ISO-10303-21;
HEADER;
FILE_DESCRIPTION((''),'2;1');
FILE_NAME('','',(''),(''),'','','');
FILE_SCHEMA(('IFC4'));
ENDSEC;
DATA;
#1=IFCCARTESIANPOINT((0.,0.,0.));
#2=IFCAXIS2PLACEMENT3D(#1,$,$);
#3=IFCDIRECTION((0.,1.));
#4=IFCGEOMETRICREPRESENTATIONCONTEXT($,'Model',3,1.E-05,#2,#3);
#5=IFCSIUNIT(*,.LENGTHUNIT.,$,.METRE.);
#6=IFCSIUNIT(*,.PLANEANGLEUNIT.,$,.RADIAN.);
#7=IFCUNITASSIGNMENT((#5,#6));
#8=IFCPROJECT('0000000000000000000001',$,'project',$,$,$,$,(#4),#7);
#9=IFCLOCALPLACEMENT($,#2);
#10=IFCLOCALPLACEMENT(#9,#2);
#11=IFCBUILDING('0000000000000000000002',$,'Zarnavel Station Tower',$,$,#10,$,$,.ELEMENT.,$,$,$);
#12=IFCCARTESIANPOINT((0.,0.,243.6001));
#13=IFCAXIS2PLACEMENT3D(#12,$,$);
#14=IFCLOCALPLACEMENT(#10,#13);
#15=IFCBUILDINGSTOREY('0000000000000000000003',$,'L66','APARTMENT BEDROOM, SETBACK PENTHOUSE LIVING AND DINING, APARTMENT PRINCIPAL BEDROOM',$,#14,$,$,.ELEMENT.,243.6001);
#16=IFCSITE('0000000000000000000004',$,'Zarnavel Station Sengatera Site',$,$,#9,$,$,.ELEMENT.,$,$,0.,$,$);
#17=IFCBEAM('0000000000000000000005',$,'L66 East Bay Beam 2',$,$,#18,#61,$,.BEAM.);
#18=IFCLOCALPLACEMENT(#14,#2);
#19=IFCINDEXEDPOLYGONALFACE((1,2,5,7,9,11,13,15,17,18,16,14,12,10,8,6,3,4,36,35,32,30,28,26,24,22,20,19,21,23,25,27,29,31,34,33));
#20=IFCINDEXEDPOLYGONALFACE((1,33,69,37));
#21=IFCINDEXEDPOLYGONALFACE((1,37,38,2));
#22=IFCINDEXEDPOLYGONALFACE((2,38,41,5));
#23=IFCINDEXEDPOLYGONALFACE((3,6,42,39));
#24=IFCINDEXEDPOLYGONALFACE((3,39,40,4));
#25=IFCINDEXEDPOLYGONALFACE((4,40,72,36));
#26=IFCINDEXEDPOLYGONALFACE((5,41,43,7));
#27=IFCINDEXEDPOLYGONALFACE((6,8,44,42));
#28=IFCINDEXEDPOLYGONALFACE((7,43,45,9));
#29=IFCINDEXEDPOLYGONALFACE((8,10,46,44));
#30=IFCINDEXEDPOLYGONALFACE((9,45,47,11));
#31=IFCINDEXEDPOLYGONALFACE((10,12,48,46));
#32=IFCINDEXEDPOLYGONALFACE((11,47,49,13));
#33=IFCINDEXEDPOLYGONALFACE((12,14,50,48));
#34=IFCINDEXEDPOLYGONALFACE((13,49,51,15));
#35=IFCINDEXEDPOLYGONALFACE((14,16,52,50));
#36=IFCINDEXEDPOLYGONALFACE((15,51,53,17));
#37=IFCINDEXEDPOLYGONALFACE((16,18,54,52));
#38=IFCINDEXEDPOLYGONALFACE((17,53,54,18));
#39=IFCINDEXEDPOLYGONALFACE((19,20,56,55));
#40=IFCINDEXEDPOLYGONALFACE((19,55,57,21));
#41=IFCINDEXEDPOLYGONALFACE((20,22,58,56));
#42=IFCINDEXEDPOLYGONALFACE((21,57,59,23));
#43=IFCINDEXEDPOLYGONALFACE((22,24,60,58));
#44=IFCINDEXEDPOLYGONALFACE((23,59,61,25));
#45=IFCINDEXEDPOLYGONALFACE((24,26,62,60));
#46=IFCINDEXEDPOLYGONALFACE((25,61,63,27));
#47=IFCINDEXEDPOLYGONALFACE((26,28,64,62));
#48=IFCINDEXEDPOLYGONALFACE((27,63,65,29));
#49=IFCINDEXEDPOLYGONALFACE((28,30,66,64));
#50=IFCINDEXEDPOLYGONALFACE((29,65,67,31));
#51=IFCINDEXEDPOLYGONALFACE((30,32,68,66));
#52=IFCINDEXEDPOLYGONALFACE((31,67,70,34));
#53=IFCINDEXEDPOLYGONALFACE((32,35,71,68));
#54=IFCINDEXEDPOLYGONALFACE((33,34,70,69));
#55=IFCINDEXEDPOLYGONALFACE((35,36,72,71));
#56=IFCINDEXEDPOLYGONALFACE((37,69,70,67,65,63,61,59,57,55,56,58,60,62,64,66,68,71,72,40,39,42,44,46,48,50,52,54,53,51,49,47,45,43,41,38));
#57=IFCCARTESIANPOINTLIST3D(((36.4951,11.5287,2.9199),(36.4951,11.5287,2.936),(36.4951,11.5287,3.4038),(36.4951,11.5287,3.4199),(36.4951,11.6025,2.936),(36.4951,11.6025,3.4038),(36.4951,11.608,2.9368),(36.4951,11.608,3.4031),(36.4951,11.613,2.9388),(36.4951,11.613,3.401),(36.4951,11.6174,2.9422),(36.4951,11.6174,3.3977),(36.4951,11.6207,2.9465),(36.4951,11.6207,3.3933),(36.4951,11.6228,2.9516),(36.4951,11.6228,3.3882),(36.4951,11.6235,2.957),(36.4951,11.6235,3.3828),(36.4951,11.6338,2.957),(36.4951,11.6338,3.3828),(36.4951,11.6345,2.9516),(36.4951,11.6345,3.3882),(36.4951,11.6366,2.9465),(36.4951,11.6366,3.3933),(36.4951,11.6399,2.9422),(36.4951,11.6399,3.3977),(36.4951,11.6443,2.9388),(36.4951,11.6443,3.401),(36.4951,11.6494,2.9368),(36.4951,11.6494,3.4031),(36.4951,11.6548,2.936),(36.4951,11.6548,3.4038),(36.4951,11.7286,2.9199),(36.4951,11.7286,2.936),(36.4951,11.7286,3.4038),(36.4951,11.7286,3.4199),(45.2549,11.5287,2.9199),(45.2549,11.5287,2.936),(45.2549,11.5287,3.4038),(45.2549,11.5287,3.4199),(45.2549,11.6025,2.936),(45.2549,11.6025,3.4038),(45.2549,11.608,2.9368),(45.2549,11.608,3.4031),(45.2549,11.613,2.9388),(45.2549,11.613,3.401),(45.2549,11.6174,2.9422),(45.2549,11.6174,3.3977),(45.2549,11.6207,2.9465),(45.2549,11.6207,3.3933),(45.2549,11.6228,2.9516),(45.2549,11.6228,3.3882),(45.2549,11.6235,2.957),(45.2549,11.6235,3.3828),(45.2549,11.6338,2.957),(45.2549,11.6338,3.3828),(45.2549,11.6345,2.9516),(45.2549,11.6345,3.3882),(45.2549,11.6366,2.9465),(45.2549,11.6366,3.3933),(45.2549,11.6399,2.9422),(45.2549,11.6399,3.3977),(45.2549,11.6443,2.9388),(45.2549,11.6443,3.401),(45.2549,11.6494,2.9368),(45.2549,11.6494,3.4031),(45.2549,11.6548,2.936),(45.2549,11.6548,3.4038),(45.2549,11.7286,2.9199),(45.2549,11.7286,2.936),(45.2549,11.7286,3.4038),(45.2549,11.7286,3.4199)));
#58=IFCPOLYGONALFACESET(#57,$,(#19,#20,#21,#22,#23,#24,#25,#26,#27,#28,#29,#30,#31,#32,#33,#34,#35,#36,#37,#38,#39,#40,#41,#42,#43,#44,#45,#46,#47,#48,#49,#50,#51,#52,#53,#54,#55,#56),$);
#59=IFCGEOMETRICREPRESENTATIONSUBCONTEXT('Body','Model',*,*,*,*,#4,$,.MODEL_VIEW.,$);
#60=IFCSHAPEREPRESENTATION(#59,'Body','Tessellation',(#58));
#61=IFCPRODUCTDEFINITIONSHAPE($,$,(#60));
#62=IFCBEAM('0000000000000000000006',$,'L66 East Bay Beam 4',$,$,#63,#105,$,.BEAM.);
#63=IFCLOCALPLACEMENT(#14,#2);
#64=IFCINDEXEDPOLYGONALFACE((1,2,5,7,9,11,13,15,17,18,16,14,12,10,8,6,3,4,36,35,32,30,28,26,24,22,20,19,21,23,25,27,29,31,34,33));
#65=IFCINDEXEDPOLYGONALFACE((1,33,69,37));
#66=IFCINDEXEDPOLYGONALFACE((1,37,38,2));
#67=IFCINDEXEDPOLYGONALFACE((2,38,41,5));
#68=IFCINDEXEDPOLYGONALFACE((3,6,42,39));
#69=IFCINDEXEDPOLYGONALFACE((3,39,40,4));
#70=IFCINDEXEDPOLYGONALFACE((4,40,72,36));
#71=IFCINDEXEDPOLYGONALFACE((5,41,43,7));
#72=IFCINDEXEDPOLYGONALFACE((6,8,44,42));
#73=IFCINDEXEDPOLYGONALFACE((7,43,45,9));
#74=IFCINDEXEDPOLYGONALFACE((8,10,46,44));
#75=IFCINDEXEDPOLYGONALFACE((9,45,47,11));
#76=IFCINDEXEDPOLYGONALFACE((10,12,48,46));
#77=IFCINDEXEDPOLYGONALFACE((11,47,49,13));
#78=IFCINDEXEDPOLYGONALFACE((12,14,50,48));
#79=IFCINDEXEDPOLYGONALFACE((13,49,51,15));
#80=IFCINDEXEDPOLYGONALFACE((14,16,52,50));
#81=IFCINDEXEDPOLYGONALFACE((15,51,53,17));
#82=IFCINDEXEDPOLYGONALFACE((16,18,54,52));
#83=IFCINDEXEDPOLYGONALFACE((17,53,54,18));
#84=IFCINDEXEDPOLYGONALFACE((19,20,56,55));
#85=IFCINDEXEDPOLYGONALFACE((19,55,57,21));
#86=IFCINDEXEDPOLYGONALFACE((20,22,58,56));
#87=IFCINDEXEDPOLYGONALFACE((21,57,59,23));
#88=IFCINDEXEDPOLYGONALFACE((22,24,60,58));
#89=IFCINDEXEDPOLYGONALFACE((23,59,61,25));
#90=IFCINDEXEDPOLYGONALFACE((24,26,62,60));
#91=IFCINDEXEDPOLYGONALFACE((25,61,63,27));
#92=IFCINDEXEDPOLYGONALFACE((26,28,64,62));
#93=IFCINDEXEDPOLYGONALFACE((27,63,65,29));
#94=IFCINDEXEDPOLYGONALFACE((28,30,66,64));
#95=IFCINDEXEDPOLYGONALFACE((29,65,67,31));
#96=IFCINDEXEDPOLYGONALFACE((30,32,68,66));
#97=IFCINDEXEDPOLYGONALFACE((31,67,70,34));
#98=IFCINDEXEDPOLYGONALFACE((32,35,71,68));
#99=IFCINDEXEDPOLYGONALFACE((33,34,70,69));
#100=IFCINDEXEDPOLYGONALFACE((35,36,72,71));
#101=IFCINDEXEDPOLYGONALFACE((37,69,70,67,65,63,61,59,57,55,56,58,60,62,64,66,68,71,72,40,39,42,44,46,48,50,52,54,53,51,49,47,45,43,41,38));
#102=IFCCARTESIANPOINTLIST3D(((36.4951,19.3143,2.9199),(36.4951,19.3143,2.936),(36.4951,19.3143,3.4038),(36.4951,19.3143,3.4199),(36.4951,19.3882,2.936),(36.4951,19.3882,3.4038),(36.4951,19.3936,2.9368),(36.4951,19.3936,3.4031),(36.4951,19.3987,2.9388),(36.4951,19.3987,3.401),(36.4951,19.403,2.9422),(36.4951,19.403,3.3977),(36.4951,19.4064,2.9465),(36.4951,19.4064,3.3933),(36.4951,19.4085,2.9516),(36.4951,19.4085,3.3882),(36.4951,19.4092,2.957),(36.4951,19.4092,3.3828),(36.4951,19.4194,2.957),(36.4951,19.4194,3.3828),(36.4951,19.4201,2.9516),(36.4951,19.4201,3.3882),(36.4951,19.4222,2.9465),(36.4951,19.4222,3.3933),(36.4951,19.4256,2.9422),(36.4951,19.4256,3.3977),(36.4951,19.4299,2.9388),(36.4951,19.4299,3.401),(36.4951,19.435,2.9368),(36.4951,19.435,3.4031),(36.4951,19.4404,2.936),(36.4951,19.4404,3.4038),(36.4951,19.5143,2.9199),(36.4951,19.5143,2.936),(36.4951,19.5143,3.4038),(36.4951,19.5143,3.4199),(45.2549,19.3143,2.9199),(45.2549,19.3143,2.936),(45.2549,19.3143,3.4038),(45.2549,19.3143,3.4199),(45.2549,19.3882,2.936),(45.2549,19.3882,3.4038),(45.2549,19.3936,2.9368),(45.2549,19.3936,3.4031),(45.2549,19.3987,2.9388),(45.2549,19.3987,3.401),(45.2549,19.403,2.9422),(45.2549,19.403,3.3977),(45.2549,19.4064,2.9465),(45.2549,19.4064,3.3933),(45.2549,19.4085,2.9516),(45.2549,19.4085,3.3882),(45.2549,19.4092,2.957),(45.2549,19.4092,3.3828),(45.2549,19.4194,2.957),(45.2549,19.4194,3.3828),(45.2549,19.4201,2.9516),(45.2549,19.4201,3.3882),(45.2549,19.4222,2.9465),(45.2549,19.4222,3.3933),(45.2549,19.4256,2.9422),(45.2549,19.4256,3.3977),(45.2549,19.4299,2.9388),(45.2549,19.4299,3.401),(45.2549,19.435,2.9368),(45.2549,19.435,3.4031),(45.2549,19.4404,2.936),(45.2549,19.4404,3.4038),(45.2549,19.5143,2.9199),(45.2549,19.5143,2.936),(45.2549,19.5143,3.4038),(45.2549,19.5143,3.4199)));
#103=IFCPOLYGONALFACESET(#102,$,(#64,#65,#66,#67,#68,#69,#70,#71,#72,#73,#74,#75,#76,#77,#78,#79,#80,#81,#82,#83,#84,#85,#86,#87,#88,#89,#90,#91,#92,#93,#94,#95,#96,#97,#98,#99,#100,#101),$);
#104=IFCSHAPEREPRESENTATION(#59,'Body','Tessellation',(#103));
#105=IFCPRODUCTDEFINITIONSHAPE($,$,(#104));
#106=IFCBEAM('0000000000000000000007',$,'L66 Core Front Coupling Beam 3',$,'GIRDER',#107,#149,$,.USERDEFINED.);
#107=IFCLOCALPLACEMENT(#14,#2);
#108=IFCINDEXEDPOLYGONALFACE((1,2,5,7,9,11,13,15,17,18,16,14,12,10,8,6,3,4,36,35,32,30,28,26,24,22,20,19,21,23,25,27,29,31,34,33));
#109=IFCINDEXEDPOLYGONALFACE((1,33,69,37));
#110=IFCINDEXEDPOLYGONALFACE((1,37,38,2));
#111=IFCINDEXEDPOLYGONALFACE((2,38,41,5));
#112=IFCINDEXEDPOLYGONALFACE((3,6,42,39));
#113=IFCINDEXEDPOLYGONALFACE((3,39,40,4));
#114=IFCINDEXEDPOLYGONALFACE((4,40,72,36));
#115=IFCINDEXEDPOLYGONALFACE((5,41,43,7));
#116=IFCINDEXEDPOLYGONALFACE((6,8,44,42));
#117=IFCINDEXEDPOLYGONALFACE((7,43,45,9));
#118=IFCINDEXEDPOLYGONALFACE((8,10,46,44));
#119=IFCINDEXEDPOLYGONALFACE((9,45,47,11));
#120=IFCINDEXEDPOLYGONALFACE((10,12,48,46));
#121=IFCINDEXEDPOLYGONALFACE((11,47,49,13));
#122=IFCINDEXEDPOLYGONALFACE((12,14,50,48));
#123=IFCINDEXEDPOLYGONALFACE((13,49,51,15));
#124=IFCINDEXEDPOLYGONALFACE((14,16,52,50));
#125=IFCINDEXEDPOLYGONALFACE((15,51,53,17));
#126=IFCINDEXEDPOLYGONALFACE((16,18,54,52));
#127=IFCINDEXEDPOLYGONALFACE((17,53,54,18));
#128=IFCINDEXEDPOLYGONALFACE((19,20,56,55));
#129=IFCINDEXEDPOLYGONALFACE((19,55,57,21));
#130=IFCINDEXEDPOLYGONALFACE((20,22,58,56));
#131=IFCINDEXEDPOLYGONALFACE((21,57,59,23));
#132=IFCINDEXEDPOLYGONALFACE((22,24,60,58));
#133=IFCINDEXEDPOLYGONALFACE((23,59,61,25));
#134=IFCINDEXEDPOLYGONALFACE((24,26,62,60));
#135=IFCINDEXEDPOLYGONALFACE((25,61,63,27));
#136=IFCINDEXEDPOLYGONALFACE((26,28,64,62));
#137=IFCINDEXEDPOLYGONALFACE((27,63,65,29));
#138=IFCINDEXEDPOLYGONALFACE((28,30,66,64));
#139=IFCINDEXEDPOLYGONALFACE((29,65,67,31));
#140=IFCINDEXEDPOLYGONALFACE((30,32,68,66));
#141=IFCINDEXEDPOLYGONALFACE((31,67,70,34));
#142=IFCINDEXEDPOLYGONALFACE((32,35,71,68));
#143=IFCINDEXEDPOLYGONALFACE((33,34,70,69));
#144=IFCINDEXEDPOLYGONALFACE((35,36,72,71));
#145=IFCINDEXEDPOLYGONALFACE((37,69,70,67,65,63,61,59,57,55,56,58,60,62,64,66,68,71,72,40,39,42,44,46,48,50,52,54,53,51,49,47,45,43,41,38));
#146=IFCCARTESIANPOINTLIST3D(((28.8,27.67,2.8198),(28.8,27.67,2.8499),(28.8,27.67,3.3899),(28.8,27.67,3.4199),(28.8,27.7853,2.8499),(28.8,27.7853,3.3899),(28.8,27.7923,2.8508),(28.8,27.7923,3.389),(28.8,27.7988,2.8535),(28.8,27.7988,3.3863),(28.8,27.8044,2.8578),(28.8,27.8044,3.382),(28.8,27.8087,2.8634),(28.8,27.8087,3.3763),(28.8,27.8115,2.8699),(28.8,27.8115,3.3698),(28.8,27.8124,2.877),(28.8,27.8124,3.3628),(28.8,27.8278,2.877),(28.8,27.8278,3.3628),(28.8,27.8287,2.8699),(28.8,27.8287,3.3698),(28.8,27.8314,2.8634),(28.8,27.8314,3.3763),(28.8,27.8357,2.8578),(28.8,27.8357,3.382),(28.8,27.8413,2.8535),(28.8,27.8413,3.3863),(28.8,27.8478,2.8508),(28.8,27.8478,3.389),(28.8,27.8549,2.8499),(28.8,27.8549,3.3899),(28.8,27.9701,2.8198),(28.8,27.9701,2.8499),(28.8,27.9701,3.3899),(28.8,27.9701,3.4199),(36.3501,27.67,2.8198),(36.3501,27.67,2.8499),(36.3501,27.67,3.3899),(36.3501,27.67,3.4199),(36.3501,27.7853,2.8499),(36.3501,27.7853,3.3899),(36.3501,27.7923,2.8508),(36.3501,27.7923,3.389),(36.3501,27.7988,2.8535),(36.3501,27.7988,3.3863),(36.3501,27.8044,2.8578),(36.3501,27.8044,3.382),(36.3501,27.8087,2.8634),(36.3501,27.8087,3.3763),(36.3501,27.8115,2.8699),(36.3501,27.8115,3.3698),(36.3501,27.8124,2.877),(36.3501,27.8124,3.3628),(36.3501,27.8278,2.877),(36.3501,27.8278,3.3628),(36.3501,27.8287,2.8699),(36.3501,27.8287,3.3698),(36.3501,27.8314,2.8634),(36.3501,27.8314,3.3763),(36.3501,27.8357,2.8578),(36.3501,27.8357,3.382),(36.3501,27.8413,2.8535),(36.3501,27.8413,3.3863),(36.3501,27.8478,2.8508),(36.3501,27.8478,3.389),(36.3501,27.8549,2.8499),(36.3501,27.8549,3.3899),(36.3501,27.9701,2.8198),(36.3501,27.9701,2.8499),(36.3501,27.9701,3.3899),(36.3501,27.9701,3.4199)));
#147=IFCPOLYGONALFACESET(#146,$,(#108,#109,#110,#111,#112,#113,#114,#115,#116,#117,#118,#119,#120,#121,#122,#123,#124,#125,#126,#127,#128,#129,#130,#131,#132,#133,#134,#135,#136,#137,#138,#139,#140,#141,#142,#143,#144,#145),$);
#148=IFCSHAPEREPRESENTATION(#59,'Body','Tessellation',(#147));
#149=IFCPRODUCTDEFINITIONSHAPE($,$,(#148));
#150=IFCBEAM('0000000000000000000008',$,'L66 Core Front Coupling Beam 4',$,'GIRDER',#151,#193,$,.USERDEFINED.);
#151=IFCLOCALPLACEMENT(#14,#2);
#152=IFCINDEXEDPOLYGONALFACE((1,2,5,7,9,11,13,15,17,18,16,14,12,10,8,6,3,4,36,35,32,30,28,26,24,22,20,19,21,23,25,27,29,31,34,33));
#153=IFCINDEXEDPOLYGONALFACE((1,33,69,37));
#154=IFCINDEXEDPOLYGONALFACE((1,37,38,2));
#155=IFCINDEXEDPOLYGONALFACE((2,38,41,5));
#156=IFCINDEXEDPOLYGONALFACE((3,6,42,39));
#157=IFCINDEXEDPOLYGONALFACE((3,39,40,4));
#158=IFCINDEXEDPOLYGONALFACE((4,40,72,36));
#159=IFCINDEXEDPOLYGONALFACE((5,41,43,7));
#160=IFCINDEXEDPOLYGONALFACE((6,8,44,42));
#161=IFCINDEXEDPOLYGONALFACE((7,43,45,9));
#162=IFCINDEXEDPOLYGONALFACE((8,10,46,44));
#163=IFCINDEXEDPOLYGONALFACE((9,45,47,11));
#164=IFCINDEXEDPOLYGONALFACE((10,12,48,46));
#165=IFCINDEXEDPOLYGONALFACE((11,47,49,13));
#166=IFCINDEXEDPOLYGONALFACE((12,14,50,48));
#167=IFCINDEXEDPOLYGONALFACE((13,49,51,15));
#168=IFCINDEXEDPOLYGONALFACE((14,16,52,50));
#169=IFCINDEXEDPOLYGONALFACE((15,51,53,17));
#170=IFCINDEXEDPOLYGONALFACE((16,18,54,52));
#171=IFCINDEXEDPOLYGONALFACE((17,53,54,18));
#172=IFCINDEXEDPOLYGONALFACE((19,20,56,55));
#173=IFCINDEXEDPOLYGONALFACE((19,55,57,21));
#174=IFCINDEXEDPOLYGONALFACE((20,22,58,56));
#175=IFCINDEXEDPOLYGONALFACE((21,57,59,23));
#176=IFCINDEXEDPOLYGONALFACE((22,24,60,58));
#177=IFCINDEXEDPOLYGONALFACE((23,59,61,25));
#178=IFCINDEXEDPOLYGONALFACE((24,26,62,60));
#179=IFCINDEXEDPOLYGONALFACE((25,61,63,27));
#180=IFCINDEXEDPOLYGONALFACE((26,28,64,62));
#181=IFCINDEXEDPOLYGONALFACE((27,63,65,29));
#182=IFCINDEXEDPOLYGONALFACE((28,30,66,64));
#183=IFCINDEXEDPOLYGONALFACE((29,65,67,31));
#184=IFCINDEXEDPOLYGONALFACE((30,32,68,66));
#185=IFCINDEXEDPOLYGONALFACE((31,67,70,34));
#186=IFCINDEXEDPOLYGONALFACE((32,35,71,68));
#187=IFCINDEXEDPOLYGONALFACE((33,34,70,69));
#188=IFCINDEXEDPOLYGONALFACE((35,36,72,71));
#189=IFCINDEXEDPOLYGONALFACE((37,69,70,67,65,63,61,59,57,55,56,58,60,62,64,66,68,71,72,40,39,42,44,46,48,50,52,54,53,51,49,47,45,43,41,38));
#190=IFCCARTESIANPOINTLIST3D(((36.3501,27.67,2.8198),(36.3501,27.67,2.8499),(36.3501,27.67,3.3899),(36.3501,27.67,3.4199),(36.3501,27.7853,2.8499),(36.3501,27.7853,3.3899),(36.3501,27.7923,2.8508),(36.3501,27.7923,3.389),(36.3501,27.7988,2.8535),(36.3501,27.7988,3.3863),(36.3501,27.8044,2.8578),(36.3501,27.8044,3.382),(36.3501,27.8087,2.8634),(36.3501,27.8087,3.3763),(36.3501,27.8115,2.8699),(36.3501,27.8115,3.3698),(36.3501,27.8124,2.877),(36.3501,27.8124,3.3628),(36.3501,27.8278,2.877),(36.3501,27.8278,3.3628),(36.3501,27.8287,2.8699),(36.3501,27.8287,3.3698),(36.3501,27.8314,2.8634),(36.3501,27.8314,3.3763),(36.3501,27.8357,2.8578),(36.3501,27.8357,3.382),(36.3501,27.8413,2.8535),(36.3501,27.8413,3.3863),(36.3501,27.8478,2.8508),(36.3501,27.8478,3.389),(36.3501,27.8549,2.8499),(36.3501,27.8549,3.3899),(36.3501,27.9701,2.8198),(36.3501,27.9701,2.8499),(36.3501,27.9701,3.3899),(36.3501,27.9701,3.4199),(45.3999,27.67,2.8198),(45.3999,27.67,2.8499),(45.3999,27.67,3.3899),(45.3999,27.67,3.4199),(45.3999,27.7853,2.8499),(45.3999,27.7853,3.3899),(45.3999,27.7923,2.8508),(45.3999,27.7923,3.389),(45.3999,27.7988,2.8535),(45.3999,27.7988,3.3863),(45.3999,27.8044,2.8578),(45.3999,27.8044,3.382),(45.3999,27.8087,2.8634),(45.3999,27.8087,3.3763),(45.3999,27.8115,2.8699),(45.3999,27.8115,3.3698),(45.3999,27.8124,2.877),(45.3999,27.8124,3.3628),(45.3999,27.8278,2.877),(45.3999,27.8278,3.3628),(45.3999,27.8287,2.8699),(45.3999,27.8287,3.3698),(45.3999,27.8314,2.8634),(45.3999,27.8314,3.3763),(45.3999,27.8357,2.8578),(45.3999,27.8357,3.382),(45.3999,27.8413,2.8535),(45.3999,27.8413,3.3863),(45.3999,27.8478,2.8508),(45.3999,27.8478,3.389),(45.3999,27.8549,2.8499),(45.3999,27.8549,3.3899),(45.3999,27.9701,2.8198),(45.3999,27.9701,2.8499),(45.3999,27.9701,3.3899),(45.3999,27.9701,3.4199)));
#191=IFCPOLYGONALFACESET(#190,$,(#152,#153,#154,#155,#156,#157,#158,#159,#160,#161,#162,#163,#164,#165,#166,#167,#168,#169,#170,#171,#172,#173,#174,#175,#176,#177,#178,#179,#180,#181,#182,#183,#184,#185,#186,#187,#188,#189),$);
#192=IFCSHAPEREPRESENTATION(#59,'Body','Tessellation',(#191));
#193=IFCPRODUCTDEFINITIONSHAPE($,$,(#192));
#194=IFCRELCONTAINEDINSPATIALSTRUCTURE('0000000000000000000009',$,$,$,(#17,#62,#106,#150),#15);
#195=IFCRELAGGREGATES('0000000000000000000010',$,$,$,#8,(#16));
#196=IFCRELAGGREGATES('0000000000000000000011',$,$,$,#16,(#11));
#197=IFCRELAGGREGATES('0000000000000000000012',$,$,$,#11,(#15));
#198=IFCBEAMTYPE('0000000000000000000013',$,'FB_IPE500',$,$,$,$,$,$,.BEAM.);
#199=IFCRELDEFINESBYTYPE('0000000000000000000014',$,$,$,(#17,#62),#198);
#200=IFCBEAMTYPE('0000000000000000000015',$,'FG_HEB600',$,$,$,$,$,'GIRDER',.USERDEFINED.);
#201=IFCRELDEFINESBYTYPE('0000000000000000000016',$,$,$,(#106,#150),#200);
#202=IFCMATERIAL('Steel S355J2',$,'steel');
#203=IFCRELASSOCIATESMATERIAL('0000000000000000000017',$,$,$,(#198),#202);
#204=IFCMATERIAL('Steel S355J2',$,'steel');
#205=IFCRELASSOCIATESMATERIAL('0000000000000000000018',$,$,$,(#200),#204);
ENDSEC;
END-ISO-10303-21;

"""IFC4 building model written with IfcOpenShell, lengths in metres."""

from ifc_helpers import new_model, si_unit, direction, frame, origin, origin_2d, place, context, subcontext, project, spatial, i_section, extrude, material, material_profile, profile_set, type_object, element, save


model = new_model("IFC4")

# Units and contexts
model_context = context("Model", 3, precision=1e-05, world=origin(), true_north=direction((0.0, 1.0)))
body_context = subcontext(model_context, "Body", "Model", "MODEL_VIEW")
ifc_project = project(units=[si_unit("LENGTHUNIT", "METRE"), si_unit("PLANEANGLEUNIT", "RADIAN")], contexts=[model_context])

# Site, building, storey
site_placement = place(None, origin())
site = spatial("IfcSite", under=ifc_project, at=site_placement, Name="Zarnavel Station Sengatera Site", CompositionType="ELEMENT", RefElevation=0.0)
building_placement = place(site_placement, origin())
building = spatial("IfcBuilding", under=site, at=building_placement, Name="Zarnavel Station Tower", CompositionType="ELEMENT")
storey_placement = place(building_placement, frame((0.0, 0.0, 243.6001)))
storey = spatial("IfcBuildingStorey", under=building, at=storey_placement, Name="L66", Description="APARTMENT BEDROOM, SETBACK PENTHOUSE LIVING AND DINING, APARTMENT PRINCIPAL BEDROOM", CompositionType="ELEMENT", Elevation=243.6001)

# Beams
ifc_material_1 = material(Name="Steel S355J2", Category="steel")
ifc_material_profile_1 = material_profile(ifc_material_1, i_section(OverallWidth=0.2, OverallDepth=0.5, WebThickness=0.0103, FlangeThickness=0.0161, FilletRadius=0.021, at=origin_2d()), Name="IPE500")
ifc_profile_set_1 = profile_set([ifc_material_profile_1], Name="Steel S355J2")
beam_type_1 = type_object("IfcBeamType", Name="FB_IPE500", PredefinedType="BEAM", material=ifc_profile_set_1)
for number, where, z_axis, x_axis, name in (
    (1, (36.4951, 11.6287, 3.1699), (1.0, 0.0, 0.0), (0.0, 1.0, 0.0), "L66 East Bay Beam 2"),
    (2, (36.4951, 19.4143, 3.1699), (1.0, 0.0, 0.0), (0.0, 1.0, 0.0), "L66 East Bay Beam 4"),
):
    element("IfcBeam", number, at=place(storey_placement, frame(where, z_axis=z_axis, x_axis=x_axis)), inside=storey, type_object=beam_type_1, Name=name, PredefinedType="BEAM", context=body_context, shape_type="SweptSolid", body=[
        extrude(i_section(OverallWidth=0.2, OverallDepth=0.5, WebThickness=0.0103, FlangeThickness=0.0161, FilletRadius=0.021, at=origin_2d()), origin(), (0.0, 0.0, 1.0), 8.7598),
    ])
ifc_material_2 = material(Name="Steel S355J2", Category="steel")
ifc_material_profile_2 = material_profile(ifc_material_2, i_section(OverallWidth=0.3, OverallDepth=0.6001, WebThickness=0.0154, FlangeThickness=0.03, FilletRadius=0.0271, at=origin_2d()), Name="HEB600")
ifc_profile_set_2 = profile_set([ifc_material_profile_2], Name="Steel S355J2")
beam_type_2 = type_object("IfcBeamType", Name="FG_HEB600", ElementType="GIRDER", PredefinedType="USERDEFINED", material=ifc_profile_set_2)
beam_1_placement = place(storey_placement, frame((28.8, 27.8201, 3.1199), z_axis=(1.0, 0.0, 0.0), x_axis=(0.0, 1.0, 0.0)))
element("IfcBeam", 3, at=beam_1_placement, inside=storey, type_object=beam_type_2, Name="L66 Core Front Coupling Beam 3", ObjectType="GIRDER", PredefinedType="USERDEFINED", context=body_context, shape_type="SweptSolid", body=[
    extrude(i_section(OverallWidth=0.3, OverallDepth=0.6001, WebThickness=0.0154, FlangeThickness=0.03, FilletRadius=0.0271, at=origin_2d()), origin(), (0.0, 0.0, 1.0), 7.55),
])
beam_2_placement = place(storey_placement, frame((36.3501, 27.8201, 3.1199), z_axis=(1.0, 0.0, 0.0), x_axis=(0.0, 1.0, 0.0)))
element("IfcBeam", 4, at=beam_2_placement, inside=storey, type_object=beam_type_2, Name="L66 Core Front Coupling Beam 4", ObjectType="GIRDER", PredefinedType="USERDEFINED", context=body_context, shape_type="SweptSolid", body=[
    extrude(i_section(OverallWidth=0.3, OverallDepth=0.6001, WebThickness=0.0154, FlangeThickness=0.03, FilletRadius=0.0271, at=origin_2d()), origin(), (0.0, 0.0, 1.0), 9.0498),
])

save(model, "model.ifc")
